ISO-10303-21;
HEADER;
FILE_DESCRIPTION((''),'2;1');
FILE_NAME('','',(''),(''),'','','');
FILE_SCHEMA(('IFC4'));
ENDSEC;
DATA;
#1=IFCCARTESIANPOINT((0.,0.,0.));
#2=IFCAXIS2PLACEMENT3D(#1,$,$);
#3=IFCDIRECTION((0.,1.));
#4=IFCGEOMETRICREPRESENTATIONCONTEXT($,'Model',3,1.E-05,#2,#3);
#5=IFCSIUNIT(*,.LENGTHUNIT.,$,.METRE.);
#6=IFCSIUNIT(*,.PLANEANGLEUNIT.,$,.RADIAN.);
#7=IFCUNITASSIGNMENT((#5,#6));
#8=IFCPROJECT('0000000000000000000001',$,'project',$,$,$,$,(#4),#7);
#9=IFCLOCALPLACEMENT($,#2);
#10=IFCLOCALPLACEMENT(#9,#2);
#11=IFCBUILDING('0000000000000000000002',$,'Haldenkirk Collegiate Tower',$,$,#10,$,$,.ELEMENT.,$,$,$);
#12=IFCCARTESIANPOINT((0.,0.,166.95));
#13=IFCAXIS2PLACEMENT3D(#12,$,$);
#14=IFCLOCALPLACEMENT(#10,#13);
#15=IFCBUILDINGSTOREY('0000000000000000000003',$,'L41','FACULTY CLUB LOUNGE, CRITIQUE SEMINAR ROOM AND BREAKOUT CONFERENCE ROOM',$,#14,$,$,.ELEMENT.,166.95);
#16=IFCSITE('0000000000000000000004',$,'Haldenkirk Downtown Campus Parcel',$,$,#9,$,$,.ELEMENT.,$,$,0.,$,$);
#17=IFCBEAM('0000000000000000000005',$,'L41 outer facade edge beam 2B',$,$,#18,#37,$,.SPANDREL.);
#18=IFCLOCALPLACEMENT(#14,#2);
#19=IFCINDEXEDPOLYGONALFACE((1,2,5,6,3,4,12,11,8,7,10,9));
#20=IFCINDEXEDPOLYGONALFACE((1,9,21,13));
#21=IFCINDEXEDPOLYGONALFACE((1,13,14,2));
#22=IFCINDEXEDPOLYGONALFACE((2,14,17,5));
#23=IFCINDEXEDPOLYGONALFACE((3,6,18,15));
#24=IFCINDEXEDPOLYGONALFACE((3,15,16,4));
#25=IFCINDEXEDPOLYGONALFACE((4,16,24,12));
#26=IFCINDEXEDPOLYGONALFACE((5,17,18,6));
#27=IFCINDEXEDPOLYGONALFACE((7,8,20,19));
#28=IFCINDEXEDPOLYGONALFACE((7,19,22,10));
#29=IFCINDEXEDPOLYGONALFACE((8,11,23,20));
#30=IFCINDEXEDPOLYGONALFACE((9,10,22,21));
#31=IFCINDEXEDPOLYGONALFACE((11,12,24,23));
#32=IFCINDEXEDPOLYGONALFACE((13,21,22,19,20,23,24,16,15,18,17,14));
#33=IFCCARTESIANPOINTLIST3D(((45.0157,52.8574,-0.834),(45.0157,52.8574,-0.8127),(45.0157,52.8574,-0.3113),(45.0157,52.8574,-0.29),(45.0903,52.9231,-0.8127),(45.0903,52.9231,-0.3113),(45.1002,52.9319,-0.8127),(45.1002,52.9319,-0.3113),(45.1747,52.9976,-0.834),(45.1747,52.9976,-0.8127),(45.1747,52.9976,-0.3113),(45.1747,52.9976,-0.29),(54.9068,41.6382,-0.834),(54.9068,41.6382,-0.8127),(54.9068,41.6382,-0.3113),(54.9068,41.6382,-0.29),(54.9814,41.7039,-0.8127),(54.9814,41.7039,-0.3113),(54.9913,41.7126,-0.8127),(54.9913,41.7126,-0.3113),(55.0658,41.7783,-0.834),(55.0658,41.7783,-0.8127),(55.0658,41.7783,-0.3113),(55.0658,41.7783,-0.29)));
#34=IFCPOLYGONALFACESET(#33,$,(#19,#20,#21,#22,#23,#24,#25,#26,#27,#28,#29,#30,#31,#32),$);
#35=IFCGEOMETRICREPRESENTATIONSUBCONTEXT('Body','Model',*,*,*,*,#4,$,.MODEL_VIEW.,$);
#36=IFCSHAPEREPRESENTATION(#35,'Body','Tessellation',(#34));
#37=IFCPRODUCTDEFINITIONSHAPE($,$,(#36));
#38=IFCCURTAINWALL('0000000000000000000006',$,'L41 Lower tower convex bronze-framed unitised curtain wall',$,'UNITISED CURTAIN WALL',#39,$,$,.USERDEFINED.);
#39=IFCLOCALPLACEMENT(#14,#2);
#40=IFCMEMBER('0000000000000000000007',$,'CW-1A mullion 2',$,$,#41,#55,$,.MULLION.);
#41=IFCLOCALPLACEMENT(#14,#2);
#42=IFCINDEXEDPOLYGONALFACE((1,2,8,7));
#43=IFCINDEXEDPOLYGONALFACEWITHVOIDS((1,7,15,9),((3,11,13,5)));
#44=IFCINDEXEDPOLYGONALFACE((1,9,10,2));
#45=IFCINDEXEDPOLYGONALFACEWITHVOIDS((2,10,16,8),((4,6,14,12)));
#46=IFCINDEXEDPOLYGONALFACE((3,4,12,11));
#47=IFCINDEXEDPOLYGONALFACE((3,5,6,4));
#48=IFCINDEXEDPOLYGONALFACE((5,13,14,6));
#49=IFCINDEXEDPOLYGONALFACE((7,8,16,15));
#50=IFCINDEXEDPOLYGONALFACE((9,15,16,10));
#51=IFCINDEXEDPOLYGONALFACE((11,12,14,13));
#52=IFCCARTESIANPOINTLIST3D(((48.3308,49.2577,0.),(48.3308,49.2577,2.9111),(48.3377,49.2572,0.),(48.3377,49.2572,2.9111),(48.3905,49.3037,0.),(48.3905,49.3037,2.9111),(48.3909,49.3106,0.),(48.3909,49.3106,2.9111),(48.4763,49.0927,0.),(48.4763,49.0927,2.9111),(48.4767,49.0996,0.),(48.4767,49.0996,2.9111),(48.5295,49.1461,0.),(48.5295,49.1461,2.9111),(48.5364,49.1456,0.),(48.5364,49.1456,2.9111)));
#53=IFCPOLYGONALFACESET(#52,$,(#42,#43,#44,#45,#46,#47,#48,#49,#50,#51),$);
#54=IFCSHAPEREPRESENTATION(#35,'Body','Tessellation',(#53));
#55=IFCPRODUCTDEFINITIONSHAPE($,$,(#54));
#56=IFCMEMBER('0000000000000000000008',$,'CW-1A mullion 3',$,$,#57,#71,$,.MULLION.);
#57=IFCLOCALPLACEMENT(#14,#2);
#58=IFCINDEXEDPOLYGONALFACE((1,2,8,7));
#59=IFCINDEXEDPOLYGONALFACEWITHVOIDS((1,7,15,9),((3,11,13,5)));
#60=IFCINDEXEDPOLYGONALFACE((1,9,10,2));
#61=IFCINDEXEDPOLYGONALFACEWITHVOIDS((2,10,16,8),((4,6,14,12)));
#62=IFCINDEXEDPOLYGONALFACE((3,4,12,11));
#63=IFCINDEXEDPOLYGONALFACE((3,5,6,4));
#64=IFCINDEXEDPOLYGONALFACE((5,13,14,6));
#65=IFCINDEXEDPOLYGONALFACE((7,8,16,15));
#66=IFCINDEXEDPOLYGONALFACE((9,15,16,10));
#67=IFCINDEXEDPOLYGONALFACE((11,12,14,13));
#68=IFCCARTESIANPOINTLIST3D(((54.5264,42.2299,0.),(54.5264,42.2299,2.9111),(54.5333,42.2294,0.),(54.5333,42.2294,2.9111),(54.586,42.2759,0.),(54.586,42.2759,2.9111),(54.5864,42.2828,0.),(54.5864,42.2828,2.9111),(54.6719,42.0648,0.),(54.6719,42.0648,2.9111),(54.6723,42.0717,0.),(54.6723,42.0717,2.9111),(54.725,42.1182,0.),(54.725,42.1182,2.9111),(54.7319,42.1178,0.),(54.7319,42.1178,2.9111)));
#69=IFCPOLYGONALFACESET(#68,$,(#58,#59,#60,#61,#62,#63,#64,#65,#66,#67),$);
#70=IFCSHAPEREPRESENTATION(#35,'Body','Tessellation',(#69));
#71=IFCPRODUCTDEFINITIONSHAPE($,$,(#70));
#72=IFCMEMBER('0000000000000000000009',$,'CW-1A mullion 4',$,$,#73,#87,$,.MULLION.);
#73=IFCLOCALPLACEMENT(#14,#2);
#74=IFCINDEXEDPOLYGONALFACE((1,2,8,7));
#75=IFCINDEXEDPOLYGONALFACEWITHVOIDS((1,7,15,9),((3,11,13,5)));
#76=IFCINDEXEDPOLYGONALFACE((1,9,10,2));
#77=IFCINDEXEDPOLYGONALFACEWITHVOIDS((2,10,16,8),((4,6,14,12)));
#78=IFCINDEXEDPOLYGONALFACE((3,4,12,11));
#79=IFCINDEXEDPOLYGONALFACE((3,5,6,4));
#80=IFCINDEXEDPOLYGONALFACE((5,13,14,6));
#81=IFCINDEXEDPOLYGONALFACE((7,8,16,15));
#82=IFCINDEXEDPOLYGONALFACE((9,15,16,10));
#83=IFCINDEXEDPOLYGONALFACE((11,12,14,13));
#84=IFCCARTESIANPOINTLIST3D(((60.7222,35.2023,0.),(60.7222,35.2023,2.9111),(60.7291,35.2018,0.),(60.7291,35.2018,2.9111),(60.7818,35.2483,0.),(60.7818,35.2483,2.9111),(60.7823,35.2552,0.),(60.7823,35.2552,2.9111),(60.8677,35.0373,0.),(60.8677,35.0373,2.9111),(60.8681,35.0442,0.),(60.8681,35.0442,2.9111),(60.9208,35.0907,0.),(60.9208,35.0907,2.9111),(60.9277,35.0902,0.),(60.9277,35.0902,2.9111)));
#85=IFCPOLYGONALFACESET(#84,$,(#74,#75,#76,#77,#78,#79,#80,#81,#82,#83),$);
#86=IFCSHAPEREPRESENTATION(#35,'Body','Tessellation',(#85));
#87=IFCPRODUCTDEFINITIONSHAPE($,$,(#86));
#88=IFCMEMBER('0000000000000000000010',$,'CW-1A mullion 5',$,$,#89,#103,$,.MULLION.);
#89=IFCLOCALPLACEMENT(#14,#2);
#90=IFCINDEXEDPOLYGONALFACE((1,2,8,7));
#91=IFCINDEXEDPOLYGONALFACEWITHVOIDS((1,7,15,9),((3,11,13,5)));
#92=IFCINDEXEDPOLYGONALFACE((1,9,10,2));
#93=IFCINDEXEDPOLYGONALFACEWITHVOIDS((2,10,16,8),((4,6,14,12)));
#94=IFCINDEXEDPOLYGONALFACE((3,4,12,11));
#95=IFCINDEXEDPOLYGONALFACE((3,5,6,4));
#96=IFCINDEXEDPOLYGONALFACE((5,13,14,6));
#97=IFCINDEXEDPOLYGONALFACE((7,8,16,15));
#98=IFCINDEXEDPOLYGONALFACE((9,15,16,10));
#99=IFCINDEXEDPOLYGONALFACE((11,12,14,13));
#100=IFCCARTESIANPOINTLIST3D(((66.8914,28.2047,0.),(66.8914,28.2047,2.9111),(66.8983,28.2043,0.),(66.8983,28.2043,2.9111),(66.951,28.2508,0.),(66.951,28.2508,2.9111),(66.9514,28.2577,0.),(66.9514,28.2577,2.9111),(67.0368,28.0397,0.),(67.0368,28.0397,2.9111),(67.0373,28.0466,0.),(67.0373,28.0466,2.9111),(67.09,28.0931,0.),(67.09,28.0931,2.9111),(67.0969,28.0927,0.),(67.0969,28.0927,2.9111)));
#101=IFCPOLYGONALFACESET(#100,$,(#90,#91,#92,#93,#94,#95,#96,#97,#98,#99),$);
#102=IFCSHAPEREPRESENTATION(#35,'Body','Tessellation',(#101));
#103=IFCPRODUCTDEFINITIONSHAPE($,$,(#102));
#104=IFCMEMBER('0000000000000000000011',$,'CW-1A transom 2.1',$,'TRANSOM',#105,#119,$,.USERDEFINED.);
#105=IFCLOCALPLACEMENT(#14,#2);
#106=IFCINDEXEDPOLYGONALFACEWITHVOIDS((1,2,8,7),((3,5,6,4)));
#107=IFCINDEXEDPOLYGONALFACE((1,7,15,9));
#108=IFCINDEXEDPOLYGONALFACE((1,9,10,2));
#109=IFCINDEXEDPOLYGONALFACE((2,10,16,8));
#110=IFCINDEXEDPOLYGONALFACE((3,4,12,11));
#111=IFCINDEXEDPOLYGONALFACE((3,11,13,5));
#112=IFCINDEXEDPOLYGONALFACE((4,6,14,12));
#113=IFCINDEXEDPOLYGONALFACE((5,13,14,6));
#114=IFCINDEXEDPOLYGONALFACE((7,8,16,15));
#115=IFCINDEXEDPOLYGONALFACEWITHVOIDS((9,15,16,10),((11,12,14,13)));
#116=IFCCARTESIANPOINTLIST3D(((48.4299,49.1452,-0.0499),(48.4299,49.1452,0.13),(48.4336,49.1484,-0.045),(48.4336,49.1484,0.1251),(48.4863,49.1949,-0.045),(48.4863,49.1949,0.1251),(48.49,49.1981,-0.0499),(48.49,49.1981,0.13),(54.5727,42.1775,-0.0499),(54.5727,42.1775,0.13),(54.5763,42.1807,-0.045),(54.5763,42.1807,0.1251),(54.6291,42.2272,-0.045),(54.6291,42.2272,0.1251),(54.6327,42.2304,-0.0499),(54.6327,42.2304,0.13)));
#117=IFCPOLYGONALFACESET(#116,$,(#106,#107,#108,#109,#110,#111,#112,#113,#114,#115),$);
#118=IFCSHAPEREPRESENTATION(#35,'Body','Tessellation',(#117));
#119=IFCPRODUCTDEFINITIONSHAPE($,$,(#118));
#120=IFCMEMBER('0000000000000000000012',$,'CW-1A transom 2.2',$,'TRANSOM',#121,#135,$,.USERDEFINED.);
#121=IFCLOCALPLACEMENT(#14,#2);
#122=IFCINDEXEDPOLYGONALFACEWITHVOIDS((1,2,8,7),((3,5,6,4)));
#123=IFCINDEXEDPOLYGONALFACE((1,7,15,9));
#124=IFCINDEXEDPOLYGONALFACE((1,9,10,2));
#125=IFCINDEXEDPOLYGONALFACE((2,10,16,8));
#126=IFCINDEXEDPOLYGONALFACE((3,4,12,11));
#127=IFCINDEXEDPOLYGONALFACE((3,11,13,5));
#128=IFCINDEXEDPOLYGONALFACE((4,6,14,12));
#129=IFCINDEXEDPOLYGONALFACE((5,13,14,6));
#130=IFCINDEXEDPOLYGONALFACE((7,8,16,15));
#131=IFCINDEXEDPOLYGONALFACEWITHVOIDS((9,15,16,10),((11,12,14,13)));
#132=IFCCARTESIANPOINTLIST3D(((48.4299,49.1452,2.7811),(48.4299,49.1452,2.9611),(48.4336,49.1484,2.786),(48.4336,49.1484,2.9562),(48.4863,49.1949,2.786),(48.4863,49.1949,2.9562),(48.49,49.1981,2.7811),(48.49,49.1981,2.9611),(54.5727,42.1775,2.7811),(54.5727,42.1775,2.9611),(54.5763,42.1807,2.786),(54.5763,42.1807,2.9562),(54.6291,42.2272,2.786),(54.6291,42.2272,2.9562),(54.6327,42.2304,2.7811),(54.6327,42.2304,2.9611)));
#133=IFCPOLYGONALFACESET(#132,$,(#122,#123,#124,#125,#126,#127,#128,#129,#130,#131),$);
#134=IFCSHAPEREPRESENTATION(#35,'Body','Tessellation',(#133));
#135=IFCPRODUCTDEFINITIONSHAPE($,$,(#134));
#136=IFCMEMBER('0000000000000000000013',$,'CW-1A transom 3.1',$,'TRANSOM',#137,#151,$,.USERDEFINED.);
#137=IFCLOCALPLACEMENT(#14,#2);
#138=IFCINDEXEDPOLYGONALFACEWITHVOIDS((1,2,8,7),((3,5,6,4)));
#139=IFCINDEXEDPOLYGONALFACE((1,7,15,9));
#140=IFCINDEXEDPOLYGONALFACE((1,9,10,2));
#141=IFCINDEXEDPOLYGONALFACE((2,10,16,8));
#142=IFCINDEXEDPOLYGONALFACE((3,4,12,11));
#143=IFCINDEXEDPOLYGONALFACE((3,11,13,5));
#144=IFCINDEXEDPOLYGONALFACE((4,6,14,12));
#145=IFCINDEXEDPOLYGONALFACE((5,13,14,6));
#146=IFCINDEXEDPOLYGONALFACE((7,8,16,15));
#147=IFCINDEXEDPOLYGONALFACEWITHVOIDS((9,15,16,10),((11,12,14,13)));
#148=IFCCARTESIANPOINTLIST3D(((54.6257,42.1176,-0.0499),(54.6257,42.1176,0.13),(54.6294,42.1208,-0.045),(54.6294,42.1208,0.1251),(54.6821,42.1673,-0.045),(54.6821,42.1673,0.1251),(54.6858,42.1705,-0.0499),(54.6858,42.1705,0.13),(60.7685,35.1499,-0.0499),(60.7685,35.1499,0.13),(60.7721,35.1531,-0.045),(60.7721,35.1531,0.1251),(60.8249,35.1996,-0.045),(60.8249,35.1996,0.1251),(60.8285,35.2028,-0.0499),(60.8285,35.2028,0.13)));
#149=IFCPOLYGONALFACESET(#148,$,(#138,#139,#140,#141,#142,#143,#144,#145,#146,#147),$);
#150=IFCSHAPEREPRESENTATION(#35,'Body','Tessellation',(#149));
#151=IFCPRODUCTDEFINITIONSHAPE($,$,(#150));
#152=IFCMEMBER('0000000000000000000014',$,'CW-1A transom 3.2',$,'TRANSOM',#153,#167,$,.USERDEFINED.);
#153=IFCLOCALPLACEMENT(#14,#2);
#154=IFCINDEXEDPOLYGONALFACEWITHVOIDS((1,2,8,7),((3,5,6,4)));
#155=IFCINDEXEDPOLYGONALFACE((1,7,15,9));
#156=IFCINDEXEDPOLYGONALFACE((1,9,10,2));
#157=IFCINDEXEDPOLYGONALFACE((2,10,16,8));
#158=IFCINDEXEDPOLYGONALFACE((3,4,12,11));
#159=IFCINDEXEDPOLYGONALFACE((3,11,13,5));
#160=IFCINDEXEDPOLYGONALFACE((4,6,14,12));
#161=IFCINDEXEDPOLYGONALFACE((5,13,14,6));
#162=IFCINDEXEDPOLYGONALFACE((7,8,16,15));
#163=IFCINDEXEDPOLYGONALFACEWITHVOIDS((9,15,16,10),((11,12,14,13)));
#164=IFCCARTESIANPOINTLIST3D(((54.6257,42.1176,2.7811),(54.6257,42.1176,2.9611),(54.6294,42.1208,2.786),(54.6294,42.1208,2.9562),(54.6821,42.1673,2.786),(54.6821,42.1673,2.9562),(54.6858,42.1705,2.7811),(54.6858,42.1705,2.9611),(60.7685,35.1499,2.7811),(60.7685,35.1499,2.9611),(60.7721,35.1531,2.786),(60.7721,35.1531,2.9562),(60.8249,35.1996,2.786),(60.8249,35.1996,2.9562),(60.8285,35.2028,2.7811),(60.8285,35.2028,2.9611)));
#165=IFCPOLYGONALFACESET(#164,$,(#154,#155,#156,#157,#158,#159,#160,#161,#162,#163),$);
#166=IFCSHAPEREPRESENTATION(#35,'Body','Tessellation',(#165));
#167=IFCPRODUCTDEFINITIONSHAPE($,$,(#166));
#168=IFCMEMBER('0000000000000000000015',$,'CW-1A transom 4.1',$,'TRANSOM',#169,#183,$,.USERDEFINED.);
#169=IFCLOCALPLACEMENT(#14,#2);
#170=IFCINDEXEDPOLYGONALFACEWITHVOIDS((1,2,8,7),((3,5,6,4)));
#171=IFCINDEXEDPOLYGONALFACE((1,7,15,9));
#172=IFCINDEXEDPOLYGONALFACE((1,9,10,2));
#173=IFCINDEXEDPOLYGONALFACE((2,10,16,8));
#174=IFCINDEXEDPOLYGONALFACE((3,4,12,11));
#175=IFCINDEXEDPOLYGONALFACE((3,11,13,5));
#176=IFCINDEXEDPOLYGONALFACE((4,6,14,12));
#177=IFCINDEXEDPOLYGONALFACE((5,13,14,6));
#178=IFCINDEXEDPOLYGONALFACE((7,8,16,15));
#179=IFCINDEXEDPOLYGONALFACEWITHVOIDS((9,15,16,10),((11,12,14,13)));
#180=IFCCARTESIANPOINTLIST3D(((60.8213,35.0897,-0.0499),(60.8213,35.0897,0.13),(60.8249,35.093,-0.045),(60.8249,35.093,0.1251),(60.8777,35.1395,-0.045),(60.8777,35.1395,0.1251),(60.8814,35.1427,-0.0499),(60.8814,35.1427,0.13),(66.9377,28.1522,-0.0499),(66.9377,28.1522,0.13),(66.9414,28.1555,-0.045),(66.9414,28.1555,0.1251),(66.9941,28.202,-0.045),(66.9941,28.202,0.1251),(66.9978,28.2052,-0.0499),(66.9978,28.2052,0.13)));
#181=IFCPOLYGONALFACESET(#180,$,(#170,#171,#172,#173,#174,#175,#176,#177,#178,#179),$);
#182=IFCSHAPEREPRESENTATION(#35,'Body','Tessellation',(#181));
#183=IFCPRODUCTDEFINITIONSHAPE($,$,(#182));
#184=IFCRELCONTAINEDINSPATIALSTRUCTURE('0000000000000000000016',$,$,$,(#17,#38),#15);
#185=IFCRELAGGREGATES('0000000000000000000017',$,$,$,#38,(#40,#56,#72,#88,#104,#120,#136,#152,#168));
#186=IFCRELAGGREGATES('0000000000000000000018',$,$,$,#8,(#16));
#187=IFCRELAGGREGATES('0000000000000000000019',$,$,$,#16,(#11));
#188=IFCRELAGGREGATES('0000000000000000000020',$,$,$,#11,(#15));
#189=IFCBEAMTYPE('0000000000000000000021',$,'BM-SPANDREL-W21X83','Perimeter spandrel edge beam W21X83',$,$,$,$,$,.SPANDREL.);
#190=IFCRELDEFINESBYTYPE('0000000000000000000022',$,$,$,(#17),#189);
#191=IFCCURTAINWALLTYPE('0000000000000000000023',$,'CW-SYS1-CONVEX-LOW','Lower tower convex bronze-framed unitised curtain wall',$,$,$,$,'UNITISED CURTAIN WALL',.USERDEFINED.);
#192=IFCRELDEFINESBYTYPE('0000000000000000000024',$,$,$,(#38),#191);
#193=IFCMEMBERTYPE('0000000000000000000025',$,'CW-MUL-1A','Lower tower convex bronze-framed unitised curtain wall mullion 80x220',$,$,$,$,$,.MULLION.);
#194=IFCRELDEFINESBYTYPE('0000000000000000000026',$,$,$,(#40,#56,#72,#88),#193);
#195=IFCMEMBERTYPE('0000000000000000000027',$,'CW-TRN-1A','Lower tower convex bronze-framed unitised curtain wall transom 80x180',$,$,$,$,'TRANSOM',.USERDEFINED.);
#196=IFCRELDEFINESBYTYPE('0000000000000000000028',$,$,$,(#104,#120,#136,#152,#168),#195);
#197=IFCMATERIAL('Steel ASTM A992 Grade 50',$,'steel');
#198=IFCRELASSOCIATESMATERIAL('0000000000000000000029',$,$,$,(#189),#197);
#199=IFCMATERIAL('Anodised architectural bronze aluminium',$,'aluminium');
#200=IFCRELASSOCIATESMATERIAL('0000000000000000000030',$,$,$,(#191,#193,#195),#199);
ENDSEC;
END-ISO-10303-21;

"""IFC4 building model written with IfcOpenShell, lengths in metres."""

from ifc_helpers import new_model, si_unit, direction, frame, origin, origin_2d, place, context, subcontext, project, spatial, hollow_rectangle, i_section, extrude, material, material_profile, profile_set, type_object, element, aggregate, save


model = new_model("IFC4")

# Units and contexts
model_context = context("Model", 3, precision=1e-05, world=origin(), true_north=direction((0.0, 1.0)))
body_context = subcontext(model_context, "Body", "Model", "MODEL_VIEW")
ifc_project = project(units=[si_unit("LENGTHUNIT", "METRE"), si_unit("PLANEANGLEUNIT", "RADIAN")], contexts=[model_context])

# Site, building, storey
site_placement = place(None, origin())
site = spatial("IfcSite", under=ifc_project, at=site_placement, Name="Haldenkirk Downtown Campus Parcel", CompositionType="ELEMENT", RefElevation=0.0)
building_placement = place(site_placement, origin())
building = spatial("IfcBuilding", under=site, at=building_placement, Name="Haldenkirk Collegiate Tower", CompositionType="ELEMENT")
storey_placement = place(building_placement, frame((0.0, 0.0, 166.95)))
storey = spatial("IfcBuildingStorey", under=building, at=storey_placement, Name="L41", Description="FACULTY CLUB LOUNGE, CRITIQUE SEMINAR ROOM AND BREAKOUT CONFERENCE ROOM", CompositionType="ELEMENT", Elevation=166.95)

# Beam
ifc_material_1 = material(Name="Steel ASTM A992 Grade 50", Category="steel")
ifc_material_profile_1 = material_profile(ifc_material_1, i_section(OverallWidth=0.2119, OverallDepth=0.5439, WebThickness=0.0132, FlangeThickness=0.0212, at=origin_2d()), Name="W21X83")
ifc_profile_set_1 = profile_set([ifc_material_profile_1], Name="Steel ASTM A992 Grade 50")
beam_type_1 = type_object("IfcBeamType", Name="BM-SPANDREL-W21X83", Description="Perimeter spandrel edge beam W21X83", PredefinedType="SPANDREL", material=ifc_profile_set_1)
beam_1_placement = place(storey_placement, frame((54.9863, 41.7083, -0.562), z_axis=(-0.661313, 0.75011, 0.0), x_axis=(-0.75011, -0.661313, 0.0)))
element("IfcBeam", 1, at=beam_1_placement, inside=storey, type_object=beam_type_1, Name="L41 outer facade edge beam 2B", PredefinedType="SPANDREL", context=body_context, shape_type="SweptSolid", body=[
    extrude(i_section(OverallWidth=0.2119, OverallDepth=0.5439, WebThickness=0.0132, FlangeThickness=0.0212, at=origin_2d()), origin(), (0.0, 0.0, 1.0), 14.9568),
])

# Curtain wall, members
ifc_material_2 = material(Name="Anodised architectural bronze aluminium", Category="aluminium")
curtain_wall_type = type_object("IfcCurtainWallType", Name="CW-SYS1-CONVEX-LOW", Description="Lower tower convex bronze-framed unitised curtain wall", ElementType="UNITISED CURTAIN WALL", PredefinedType="USERDEFINED", material=ifc_material_2)
curtain_wall_placement = place(storey_placement, origin())
curtain_wall = element("IfcCurtainWall", 2, at=curtain_wall_placement, inside=storey, type_object=curtain_wall_type, Name="L41 Lower tower convex bronze-framed unitised curtain wall", ObjectType="UNITISED CURTAIN WALL", PredefinedType="USERDEFINED")
ifc_material_profile_2 = material_profile(ifc_material_2, hollow_rectangle(XDim=0.0801, YDim=0.22, WallThickness=0.0049, at=origin_2d()), Name="CW-MUL-1A")
ifc_profile_set_2 = profile_set([ifc_material_profile_2], Name="Anodised architectural bronze aluminium")
member_type_1 = type_object("IfcMemberType", Name="CW-MUL-1A", Description="Lower tower convex bronze-framed unitised curtain wall mullion 80x220", PredefinedType="MULLION", material=ifc_profile_set_2)
member_1_placement = place(storey_placement, frame((48.4336, 49.2017, 0.0), z_axis=(0.0, 0.0, 1.0), x_axis=(0.750112, 0.661311, 0.0)))
member_1 = element("IfcMember", 3, at=member_1_placement, type_object=member_type_1, Name="CW-1A mullion 2", PredefinedType="MULLION", context=body_context, shape_type="SweptSolid", body=[
    extrude(hollow_rectangle(XDim=0.0801, YDim=0.22, WallThickness=0.0049, at=origin_2d()), origin(), (0.0, 0.0, 1.0), 2.9111),
])
member_2_placement = place(storey_placement, frame((54.6292, 42.1738, 0.0), z_axis=(0.0, 0.0, 1.0), x_axis=(0.750112, 0.661311, 0.0)))
member_2 = element("IfcMember", 4, at=member_2_placement, type_object=member_type_1, Name="CW-1A mullion 3", PredefinedType="MULLION", context=body_context, shape_type="SweptSolid", body=[
    extrude(hollow_rectangle(XDim=0.0801, YDim=0.22, WallThickness=0.0049, at=origin_2d()), origin(), (0.0, 0.0, 1.0), 2.9111),
])
member_3_placement = place(storey_placement, frame((60.825, 35.1462, 0.0), z_axis=(0.0, 0.0, 1.0), x_axis=(0.750112, 0.661311, 0.0)))
member_3 = element("IfcMember", 5, at=member_3_placement, type_object=member_type_1, Name="CW-1A mullion 4", PredefinedType="MULLION", context=body_context, shape_type="SweptSolid", body=[
    extrude(hollow_rectangle(XDim=0.0801, YDim=0.22, WallThickness=0.0049, at=origin_2d()), origin(), (0.0, 0.0, 1.0), 2.9111),
])
member_4_placement = place(storey_placement, frame((66.9941, 28.1487, 0.0), z_axis=(0.0, 0.0, 1.0), x_axis=(0.750112, 0.661311, 0.0)))
member_4 = element("IfcMember", 6, at=member_4_placement, type_object=member_type_1, Name="CW-1A mullion 5", PredefinedType="MULLION", context=body_context, shape_type="SweptSolid", body=[
    extrude(hollow_rectangle(XDim=0.0801, YDim=0.22, WallThickness=0.0049, at=origin_2d()), origin(), (0.0, 0.0, 1.0), 2.9111),
])
ifc_material_profile_3 = material_profile(ifc_material_2, hollow_rectangle(XDim=0.0801, YDim=0.1799, WallThickness=0.0049, at=origin_2d()), Name="CW-TRN-1A")
ifc_profile_set_3 = profile_set([ifc_material_profile_3], Name="Anodised architectural bronze aluminium")
member_type_2 = type_object("IfcMemberType", Name="CW-TRN-1A", Description="Lower tower convex bronze-framed unitised curtain wall transom 80x180", ElementType="TRANSOM", PredefinedType="USERDEFINED", material=ifc_profile_set_3)
member_5_placement = place(storey_placement, frame((48.46, 49.1716, 0.04), z_axis=(0.661306, -0.750116, 0.0), x_axis=(0.750116, 0.661306, 0.0)))
member_5 = element("IfcMember", 7, at=member_5_placement, type_object=member_type_2, Name="CW-1A transom 2.1", ObjectType="TRANSOM", PredefinedType="USERDEFINED", context=body_context, shape_type="SweptSolid", body=[
    extrude(hollow_rectangle(XDim=0.0801, YDim=0.1799, WallThickness=0.0049, at=origin_2d()), origin(), (0.0, 0.0, 1.0), 9.2888),
])
member_6_placement = place(storey_placement, frame((48.46, 49.1716, 2.8711), z_axis=(0.661306, -0.750116, 0.0), x_axis=(0.750116, 0.661306, 0.0)))
member_6 = element("IfcMember", 8, at=member_6_placement, type_object=member_type_2, Name="CW-1A transom 2.2", ObjectType="TRANSOM", PredefinedType="USERDEFINED", context=body_context, shape_type="SweptSolid", body=[
    extrude(hollow_rectangle(XDim=0.0801, YDim=0.1799, WallThickness=0.0049, at=origin_2d()), origin(), (0.0, 0.0, 1.0), 9.2888),
])
member_7_placement = place(storey_placement, frame((54.6558, 42.144, 0.04), z_axis=(0.661306, -0.750116, 0.0), x_axis=(0.750116, 0.661306, 0.0)))
member_7 = element("IfcMember", 9, at=member_7_placement, type_object=member_type_2, Name="CW-1A transom 3.1", ObjectType="TRANSOM", PredefinedType="USERDEFINED", context=body_context, shape_type="SweptSolid", body=[
    extrude(hollow_rectangle(XDim=0.0801, YDim=0.1799, WallThickness=0.0049, at=origin_2d()), origin(), (0.0, 0.0, 1.0), 9.2888),
])
member_8_placement = place(storey_placement, frame((54.6558, 42.144, 2.8711), z_axis=(0.661306, -0.750116, 0.0), x_axis=(0.750116, 0.661306, 0.0)))
member_8 = element("IfcMember", 10, at=member_8_placement, type_object=member_type_2, Name="CW-1A transom 3.2", ObjectType="TRANSOM", PredefinedType="USERDEFINED", context=body_context, shape_type="SweptSolid", body=[
    extrude(hollow_rectangle(XDim=0.0801, YDim=0.1799, WallThickness=0.0049, at=origin_2d()), origin(), (0.0, 0.0, 1.0), 9.2888),
])
member_9_placement = place(storey_placement, frame((60.8513, 35.1162, 0.04), z_axis=(0.661326, -0.750099, 0.0), x_axis=(0.750099, 0.661326, 0.0)))
member_9 = element("IfcMember", 11, at=member_9_placement, type_object=member_type_2, Name="CW-1A transom 4.1", ObjectType="TRANSOM", PredefinedType="USERDEFINED", context=body_context, shape_type="SweptSolid", body=[
    extrude(hollow_rectangle(XDim=0.0801, YDim=0.1799, WallThickness=0.0049, at=origin_2d()), origin(), (0.0, 0.0, 1.0), 9.2488),
])

aggregate(curtain_wall, [member_1, member_2, member_3, member_4, member_5, member_6, member_7, member_8, member_9])

save(model, "model.ifc")
